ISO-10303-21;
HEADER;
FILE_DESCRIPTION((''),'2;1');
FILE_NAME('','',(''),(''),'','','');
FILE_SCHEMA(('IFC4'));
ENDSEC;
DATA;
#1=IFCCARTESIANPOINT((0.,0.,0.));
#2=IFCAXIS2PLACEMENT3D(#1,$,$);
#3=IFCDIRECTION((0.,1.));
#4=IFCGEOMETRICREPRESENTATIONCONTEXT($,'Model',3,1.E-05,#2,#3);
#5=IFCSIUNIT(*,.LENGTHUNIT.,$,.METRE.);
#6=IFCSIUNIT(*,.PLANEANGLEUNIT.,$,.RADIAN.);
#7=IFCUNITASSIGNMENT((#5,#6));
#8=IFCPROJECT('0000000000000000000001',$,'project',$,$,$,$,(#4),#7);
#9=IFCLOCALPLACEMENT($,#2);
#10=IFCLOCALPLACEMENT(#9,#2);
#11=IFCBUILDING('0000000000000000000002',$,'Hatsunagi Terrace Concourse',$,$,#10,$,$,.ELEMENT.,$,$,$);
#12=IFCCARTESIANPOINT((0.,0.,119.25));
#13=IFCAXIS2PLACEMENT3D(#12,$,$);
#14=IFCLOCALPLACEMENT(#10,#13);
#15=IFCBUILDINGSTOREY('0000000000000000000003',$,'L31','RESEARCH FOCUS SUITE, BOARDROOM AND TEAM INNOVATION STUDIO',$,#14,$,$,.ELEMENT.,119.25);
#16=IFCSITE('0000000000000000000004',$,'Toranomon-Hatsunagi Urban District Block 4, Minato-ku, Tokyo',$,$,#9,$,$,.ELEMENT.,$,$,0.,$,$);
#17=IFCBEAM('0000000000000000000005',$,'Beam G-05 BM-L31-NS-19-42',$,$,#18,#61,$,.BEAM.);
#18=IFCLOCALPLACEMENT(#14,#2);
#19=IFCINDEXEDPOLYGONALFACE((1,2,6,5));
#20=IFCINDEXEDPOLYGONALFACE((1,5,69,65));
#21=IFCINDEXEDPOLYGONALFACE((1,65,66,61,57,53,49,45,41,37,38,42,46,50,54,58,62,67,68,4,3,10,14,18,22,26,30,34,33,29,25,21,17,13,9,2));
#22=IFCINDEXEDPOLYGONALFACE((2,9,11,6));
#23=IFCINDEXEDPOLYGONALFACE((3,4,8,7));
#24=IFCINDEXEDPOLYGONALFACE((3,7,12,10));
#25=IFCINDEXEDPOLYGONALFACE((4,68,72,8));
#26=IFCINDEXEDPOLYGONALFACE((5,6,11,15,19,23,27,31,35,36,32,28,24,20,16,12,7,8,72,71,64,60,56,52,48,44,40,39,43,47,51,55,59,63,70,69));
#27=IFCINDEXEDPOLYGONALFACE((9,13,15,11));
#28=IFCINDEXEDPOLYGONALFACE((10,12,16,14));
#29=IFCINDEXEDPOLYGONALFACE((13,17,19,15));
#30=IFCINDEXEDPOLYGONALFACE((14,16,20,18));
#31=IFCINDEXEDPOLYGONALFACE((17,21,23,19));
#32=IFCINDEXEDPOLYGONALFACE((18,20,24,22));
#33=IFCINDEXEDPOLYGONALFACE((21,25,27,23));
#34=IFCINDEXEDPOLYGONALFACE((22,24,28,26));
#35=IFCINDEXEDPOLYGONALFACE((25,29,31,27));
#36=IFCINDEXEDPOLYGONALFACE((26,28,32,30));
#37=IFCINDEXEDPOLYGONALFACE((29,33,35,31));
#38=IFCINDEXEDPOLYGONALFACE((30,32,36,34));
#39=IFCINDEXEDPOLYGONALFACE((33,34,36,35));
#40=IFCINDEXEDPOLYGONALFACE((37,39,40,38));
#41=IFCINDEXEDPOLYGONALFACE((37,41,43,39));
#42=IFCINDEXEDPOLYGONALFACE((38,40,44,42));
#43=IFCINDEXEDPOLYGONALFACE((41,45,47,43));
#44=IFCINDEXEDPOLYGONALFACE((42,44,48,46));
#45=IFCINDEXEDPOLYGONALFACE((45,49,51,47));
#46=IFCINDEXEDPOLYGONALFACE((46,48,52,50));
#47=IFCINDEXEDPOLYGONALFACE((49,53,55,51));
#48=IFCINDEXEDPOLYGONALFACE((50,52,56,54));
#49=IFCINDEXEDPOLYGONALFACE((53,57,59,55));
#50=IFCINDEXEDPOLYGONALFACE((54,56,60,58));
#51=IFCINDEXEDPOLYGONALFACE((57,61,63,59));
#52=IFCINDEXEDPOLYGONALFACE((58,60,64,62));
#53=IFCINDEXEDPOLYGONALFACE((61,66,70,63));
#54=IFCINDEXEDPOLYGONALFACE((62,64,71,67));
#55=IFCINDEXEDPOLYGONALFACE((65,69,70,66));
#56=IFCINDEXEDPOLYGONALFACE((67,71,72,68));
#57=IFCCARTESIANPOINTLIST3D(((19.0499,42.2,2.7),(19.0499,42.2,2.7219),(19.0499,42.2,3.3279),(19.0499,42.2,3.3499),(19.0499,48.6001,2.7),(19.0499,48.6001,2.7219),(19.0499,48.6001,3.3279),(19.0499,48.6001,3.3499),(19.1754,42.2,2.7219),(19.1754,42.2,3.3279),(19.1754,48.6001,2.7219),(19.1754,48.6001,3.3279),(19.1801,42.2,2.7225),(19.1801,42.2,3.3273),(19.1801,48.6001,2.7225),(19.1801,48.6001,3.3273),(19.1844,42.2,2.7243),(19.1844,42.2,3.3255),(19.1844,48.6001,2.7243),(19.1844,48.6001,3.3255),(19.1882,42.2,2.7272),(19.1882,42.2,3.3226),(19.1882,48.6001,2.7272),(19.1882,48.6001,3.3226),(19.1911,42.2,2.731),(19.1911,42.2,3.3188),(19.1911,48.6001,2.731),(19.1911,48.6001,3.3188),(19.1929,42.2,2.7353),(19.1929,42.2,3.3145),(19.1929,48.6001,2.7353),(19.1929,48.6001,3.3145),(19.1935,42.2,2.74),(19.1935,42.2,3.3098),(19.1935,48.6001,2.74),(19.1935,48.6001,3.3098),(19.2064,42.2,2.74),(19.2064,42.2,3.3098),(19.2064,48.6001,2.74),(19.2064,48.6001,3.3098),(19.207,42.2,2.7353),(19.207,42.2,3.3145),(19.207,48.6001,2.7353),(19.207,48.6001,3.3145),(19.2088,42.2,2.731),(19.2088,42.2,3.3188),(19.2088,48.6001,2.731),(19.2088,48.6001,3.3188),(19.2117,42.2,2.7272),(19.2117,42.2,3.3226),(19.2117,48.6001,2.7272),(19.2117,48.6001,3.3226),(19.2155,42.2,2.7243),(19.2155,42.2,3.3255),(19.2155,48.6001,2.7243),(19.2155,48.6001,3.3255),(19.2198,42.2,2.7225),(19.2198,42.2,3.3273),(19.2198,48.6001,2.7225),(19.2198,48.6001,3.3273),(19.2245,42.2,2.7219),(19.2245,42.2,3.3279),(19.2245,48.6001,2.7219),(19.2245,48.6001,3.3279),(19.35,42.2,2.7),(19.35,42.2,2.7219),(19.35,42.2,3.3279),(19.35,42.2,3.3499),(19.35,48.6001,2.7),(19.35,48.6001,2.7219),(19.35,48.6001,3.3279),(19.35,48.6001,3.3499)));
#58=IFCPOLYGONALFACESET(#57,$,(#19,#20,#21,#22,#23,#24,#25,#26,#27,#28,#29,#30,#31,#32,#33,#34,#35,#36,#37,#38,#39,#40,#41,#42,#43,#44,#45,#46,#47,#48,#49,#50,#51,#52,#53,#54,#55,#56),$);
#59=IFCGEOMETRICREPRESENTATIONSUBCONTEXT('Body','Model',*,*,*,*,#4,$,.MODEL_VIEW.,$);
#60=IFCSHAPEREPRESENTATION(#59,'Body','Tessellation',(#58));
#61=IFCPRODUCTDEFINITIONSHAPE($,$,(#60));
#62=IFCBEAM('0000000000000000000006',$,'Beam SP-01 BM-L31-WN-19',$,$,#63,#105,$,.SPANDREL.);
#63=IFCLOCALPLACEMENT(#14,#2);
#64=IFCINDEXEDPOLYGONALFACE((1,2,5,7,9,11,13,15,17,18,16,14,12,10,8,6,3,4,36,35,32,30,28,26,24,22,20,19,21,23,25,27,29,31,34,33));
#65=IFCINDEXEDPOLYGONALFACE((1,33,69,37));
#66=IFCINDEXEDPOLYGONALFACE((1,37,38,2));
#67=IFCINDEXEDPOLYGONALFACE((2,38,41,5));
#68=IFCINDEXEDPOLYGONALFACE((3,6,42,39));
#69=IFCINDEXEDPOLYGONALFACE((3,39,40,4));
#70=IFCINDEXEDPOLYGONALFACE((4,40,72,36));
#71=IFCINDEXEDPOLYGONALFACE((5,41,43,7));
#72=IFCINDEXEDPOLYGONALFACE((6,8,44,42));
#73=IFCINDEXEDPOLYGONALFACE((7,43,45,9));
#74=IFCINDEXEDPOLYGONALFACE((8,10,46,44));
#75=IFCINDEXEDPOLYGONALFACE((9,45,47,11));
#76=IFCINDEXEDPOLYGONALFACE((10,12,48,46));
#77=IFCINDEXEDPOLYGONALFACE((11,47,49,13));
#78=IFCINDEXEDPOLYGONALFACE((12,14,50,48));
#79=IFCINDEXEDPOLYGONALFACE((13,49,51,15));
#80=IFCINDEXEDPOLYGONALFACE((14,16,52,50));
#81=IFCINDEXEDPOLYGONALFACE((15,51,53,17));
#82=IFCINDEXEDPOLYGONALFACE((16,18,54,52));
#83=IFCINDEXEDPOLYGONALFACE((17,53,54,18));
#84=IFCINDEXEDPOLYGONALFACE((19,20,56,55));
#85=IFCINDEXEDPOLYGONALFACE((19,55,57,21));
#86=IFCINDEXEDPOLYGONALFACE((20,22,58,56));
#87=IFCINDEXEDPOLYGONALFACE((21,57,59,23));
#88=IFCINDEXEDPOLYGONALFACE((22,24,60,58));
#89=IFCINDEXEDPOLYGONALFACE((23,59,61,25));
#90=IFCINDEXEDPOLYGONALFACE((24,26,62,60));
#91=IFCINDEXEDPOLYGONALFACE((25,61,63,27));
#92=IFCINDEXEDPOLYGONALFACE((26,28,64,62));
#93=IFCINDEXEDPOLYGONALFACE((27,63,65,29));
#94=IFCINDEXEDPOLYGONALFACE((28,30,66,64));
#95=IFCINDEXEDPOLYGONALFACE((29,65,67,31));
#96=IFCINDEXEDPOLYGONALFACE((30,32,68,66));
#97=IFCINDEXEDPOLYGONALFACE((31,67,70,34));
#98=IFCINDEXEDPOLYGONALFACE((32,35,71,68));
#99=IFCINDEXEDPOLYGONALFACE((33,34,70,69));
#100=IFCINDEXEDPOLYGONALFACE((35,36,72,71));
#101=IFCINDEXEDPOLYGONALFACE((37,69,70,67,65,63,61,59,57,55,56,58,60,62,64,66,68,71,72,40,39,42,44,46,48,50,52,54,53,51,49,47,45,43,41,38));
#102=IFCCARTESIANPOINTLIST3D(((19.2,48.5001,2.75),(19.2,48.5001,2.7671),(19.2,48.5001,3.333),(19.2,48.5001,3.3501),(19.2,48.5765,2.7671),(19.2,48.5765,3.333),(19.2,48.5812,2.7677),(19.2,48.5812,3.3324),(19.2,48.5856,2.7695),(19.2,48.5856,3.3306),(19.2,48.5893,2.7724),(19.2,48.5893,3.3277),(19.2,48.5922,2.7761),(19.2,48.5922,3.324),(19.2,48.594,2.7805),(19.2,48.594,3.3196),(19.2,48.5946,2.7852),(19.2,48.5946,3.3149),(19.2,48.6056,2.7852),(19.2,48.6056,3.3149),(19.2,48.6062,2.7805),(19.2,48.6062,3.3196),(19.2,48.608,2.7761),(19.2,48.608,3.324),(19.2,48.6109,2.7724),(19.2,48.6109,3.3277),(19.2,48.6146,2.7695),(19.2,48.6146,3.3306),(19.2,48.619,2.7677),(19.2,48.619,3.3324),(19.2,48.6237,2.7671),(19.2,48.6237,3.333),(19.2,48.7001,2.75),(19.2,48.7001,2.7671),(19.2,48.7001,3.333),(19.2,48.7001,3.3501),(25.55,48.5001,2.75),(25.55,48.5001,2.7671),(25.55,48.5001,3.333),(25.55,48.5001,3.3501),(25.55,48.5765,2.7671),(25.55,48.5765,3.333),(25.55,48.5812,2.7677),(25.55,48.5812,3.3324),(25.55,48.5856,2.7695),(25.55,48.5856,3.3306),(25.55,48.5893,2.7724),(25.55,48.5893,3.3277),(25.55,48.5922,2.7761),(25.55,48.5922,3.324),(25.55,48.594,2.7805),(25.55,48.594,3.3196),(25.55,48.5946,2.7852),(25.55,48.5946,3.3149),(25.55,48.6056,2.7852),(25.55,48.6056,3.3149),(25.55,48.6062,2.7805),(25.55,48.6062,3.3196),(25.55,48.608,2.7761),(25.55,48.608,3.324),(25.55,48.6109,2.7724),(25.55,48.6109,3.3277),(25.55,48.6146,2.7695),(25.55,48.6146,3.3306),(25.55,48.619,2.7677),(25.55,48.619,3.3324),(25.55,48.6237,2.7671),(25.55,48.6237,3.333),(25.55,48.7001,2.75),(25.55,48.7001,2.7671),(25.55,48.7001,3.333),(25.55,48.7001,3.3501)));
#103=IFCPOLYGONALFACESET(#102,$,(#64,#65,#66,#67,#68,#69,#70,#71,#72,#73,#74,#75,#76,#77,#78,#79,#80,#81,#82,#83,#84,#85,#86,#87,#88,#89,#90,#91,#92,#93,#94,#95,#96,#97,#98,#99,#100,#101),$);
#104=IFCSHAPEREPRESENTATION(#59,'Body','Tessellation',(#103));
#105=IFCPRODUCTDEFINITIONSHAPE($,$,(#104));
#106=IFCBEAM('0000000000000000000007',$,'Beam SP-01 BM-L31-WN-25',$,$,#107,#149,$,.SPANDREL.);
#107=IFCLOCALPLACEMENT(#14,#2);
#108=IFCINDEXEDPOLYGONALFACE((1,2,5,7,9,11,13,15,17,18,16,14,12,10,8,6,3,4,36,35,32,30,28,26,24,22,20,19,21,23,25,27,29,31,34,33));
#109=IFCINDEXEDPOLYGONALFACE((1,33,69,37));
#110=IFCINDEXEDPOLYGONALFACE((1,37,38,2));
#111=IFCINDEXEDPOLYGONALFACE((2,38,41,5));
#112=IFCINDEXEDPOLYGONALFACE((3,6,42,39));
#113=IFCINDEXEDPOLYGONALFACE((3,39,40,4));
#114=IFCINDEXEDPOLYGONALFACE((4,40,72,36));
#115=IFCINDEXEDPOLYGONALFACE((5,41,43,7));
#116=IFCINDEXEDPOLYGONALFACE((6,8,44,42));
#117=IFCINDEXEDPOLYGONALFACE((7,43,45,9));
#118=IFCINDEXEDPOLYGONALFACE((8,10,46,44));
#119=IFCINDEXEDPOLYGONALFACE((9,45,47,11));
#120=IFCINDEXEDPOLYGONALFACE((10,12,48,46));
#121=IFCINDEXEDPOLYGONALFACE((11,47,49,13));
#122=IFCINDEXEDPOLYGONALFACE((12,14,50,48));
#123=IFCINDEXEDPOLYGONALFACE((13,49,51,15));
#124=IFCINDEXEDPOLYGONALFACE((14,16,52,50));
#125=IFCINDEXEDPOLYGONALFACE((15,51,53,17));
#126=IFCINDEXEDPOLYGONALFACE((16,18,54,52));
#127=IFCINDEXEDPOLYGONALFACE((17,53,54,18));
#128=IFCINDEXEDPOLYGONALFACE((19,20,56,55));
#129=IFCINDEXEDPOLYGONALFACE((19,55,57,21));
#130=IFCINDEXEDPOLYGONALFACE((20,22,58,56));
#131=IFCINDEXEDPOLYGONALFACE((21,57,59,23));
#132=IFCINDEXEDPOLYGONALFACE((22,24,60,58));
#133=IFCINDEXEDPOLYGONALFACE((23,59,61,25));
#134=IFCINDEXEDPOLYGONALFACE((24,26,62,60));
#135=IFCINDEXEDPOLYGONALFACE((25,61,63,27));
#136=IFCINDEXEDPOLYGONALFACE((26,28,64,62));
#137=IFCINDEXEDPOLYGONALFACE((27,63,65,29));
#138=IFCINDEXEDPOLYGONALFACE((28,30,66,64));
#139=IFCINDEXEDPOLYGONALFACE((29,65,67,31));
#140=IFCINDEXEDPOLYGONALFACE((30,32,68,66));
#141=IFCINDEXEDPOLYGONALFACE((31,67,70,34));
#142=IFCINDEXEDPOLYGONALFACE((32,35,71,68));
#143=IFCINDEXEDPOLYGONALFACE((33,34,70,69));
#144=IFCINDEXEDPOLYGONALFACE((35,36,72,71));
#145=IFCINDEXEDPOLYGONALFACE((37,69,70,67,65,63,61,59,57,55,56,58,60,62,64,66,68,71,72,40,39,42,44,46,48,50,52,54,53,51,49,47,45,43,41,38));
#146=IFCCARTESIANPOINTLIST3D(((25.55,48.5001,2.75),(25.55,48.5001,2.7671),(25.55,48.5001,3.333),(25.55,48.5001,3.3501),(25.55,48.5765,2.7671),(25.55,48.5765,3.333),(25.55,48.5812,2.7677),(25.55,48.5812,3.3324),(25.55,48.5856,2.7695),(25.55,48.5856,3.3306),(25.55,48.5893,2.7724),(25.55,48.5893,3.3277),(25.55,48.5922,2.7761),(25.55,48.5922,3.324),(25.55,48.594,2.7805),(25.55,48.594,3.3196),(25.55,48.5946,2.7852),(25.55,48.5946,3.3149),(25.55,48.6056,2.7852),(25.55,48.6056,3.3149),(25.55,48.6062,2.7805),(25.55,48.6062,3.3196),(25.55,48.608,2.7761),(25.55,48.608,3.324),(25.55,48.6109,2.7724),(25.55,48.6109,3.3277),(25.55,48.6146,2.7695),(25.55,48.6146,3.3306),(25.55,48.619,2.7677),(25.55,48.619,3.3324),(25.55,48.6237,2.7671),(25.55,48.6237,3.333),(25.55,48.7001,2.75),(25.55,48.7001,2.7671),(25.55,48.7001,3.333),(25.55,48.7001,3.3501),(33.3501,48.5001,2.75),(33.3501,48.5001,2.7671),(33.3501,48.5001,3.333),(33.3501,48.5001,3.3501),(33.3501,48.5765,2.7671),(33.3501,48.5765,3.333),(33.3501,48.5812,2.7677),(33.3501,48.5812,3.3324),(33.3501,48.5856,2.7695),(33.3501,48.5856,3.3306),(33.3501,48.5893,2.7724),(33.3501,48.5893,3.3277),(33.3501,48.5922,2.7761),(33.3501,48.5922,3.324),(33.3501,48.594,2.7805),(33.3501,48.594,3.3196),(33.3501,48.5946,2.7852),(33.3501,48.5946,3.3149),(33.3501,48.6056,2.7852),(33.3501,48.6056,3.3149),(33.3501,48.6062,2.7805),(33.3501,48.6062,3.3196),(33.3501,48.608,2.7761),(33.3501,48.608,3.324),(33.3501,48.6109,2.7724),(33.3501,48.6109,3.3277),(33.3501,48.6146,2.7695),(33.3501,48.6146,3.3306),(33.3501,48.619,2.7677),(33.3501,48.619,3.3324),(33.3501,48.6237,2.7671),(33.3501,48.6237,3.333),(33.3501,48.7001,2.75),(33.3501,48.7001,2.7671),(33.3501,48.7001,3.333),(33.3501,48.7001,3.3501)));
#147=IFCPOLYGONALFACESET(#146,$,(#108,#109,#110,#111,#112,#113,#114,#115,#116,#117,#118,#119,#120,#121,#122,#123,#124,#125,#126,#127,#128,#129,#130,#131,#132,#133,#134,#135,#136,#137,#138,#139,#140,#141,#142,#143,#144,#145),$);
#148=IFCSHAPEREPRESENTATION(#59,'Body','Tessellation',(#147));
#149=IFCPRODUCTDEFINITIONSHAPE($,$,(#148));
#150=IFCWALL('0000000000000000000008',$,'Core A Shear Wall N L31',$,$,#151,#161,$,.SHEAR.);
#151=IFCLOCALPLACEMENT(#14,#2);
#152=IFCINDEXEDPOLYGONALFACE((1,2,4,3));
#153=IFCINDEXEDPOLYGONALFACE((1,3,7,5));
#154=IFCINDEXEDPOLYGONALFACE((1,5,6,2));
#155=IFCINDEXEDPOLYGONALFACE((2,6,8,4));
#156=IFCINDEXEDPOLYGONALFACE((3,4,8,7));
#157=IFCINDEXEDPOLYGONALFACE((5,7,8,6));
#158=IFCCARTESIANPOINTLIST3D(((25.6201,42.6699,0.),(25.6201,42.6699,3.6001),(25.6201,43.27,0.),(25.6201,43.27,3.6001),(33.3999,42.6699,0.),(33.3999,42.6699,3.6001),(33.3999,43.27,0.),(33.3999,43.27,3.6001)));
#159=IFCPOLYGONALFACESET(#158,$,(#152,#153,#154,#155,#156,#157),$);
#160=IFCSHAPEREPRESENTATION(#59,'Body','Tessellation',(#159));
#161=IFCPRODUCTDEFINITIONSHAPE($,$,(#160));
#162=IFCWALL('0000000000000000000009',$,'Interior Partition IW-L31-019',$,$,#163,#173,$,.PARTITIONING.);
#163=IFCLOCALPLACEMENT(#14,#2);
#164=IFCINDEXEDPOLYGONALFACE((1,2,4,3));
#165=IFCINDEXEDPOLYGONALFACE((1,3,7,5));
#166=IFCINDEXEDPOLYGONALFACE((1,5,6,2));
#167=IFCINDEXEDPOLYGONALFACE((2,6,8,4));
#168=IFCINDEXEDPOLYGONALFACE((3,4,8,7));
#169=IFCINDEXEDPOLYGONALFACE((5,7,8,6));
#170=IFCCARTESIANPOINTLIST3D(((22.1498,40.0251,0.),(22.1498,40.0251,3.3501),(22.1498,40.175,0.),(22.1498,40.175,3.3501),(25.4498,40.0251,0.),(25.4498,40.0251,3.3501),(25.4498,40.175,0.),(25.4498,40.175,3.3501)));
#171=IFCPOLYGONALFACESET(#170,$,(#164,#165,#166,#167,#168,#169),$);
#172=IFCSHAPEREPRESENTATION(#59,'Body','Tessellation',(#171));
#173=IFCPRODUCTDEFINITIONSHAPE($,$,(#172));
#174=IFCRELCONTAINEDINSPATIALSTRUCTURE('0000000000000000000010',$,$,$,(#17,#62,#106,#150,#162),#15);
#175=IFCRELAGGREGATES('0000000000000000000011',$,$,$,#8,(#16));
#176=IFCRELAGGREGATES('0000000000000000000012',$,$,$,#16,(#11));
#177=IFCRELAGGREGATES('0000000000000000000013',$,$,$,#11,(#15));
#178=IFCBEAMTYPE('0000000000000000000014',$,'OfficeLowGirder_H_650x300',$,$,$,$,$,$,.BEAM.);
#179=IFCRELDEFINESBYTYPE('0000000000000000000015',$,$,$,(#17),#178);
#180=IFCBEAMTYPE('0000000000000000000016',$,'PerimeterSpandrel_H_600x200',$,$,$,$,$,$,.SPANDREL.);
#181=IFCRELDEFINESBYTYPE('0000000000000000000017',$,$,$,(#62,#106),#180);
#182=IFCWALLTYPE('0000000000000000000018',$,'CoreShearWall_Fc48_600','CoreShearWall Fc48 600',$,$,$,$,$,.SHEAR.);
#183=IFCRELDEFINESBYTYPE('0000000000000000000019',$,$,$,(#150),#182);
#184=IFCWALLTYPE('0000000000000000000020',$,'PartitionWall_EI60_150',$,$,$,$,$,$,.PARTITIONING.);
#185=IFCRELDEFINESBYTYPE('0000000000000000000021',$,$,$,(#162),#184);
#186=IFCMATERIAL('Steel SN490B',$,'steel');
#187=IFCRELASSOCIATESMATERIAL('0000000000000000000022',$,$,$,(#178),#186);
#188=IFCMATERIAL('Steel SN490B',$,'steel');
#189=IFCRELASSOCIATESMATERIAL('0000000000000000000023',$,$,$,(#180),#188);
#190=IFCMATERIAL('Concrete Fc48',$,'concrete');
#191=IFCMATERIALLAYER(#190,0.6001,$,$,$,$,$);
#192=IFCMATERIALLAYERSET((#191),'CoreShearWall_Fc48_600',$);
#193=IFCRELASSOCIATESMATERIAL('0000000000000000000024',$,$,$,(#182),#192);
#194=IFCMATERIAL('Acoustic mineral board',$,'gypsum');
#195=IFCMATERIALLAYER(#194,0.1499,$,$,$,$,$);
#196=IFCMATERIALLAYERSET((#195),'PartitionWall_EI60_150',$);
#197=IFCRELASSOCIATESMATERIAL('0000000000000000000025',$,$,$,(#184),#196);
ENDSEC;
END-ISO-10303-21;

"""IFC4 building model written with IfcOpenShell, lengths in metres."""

from ifc_helpers import new_model, si_unit, direction, frame, frame_2d, origin, origin_2d, place, context, subcontext, project, spatial, rectangle, i_section, extrude, material, layer, layer_set, material_profile, profile_set, type_object, element, save


model = new_model("IFC4")

# Units and contexts
model_context = context("Model", 3, precision=1e-05, world=origin(), true_north=direction((0.0, 1.0)))
body_context = subcontext(model_context, "Body", "Model", "MODEL_VIEW")
ifc_project = project(units=[si_unit("LENGTHUNIT", "METRE"), si_unit("PLANEANGLEUNIT", "RADIAN")], contexts=[model_context])

# Site, building, storey
site_placement = place(None, origin())
site = spatial("IfcSite", under=ifc_project, at=site_placement, Name="Toranomon-Hatsunagi Urban District Block 4, Minato-ku, Tokyo", CompositionType="ELEMENT", RefElevation=0.0)
building_placement = place(site_placement, origin())
building = spatial("IfcBuilding", under=site, at=building_placement, Name="Hatsunagi Terrace Concourse", CompositionType="ELEMENT")
storey_placement = place(building_placement, frame((0.0, 0.0, 119.25)))
storey = spatial("IfcBuildingStorey", under=building, at=storey_placement, Name="L31", Description="RESEARCH FOCUS SUITE, BOARDROOM AND TEAM INNOVATION STUDIO", CompositionType="ELEMENT", Elevation=119.25)

# Beams
ifc_material_1 = material(Name="Steel SN490B", Category="steel")
ifc_material_profile_1 = material_profile(ifc_material_1, i_section(OverallWidth=0.3, OverallDepth=0.6499, WebThickness=0.0129, FlangeThickness=0.022, FilletRadius=0.0181, at=origin_2d()), Name="H-650x300x13x22")
ifc_profile_set_1 = profile_set([ifc_material_profile_1], Name="Steel SN490B")
beam_type_1 = type_object("IfcBeamType", Name="OfficeLowGirder_H_650x300", PredefinedType="BEAM", material=ifc_profile_set_1)
beam_1_placement = place(storey_placement, frame((19.2, 42.2, 3.0249), z_axis=(0.0, 1.0, 0.0), x_axis=(-1.0, 0.0, 0.0)))
element("IfcBeam", 1, at=beam_1_placement, inside=storey, type_object=beam_type_1, Name="Beam G-05 BM-L31-NS-19-42", PredefinedType="BEAM", context=body_context, shape_type="SweptSolid", body=[
    extrude(i_section(OverallWidth=0.3, OverallDepth=0.6499, WebThickness=0.0129, FlangeThickness=0.022, FilletRadius=0.0181, at=origin_2d()), origin(), (0.0, 0.0, 1.0), 6.4001),
])
ifc_material_2 = material(Name="Steel SN490B", Category="steel")
ifc_material_profile_2 = material_profile(ifc_material_2, i_section(OverallWidth=0.2, OverallDepth=0.6001, WebThickness=0.011, FlangeThickness=0.0171, FilletRadius=0.0181, at=origin_2d()), Name="H-600x200x11x17")
ifc_profile_set_2 = profile_set([ifc_material_profile_2], Name="Steel SN490B")
beam_type_2 = type_object("IfcBeamType", Name="PerimeterSpandrel_H_600x200", PredefinedType="SPANDREL", material=ifc_profile_set_2)
beam_2_placement = place(storey_placement, frame((19.2, 48.6001, 3.05), z_axis=(1.0, 0.0, 0.0), x_axis=(0.0, 1.0, 0.0)))
element("IfcBeam", 2, at=beam_2_placement, inside=storey, type_object=beam_type_2, Name="Beam SP-01 BM-L31-WN-19", PredefinedType="SPANDREL", context=body_context, shape_type="SweptSolid", body=[
    extrude(i_section(OverallWidth=0.2, OverallDepth=0.6001, WebThickness=0.011, FlangeThickness=0.0171, FilletRadius=0.0181, at=origin_2d()), origin(), (0.0, 0.0, 1.0), 6.3501),
])
beam_3_placement = place(storey_placement, frame((25.55, 48.6001, 3.05), z_axis=(1.0, 0.0, 0.0), x_axis=(0.0, 1.0, 0.0)))
element("IfcBeam", 3, at=beam_3_placement, inside=storey, type_object=beam_type_2, Name="Beam SP-01 BM-L31-WN-25", PredefinedType="SPANDREL", context=body_context, shape_type="SweptSolid", body=[
    extrude(i_section(OverallWidth=0.2, OverallDepth=0.6001, WebThickness=0.011, FlangeThickness=0.0171, FilletRadius=0.0181, at=origin_2d()), origin(), (0.0, 0.0, 1.0), 7.8),
])

# Walls
ifc_material_3 = material(Name="Concrete Fc48", Category="concrete")
ifc_layer_1 = layer(ifc_material_3, 0.6001)
ifc_layer_set_1 = layer_set([ifc_layer_1], Name="CoreShearWall_Fc48_600")
wall_type_1 = type_object("IfcWallType", Name="CoreShearWall_Fc48_600", Description="CoreShearWall Fc48 600", PredefinedType="SHEAR", material=ifc_layer_set_1)
wall_1_placement = place(storey_placement, frame((25.6201, 42.97, 0.0), z_axis=(0.0, 0.0, 1.0), x_axis=(1.0, 0.0, 0.0)))
element("IfcWall", 4, at=wall_1_placement, inside=storey, type_object=wall_type_1, Name="Core A Shear Wall N L31", PredefinedType="SHEAR", context=body_context, shape_type="SweptSolid", body=[
    extrude(rectangle(XDim=7.7798, YDim=0.6001, at=frame_2d((3.8899, 0.0))), origin(), (0.0, 0.0, 1.0), 3.6001),
])
ifc_material_4 = material(Name="Acoustic mineral board", Category="gypsum")
ifc_layer_2 = layer(ifc_material_4, 0.1499)
ifc_layer_set_2 = layer_set([ifc_layer_2], Name="PartitionWall_EI60_150")
wall_type_2 = type_object("IfcWallType", Name="PartitionWall_EI60_150", PredefinedType="PARTITIONING", material=ifc_layer_set_2)
wall_2_placement = place(storey_placement, frame((22.1499, 40.1001, 0.0), z_axis=(0.0, 0.0, 1.0), x_axis=(1.0, 0.0, 0.0)))
element("IfcWall", 5, at=wall_2_placement, inside=storey, type_object=wall_type_2, Name="Interior Partition IW-L31-019", PredefinedType="PARTITIONING", context=body_context, shape_type="SweptSolid", body=[
    extrude(rectangle(XDim=3.3, YDim=0.1499, at=frame_2d((1.6499, 0.0))), origin(), (0.0, 0.0, 1.0), 3.3501),
])

save(model, "model.ifc")
